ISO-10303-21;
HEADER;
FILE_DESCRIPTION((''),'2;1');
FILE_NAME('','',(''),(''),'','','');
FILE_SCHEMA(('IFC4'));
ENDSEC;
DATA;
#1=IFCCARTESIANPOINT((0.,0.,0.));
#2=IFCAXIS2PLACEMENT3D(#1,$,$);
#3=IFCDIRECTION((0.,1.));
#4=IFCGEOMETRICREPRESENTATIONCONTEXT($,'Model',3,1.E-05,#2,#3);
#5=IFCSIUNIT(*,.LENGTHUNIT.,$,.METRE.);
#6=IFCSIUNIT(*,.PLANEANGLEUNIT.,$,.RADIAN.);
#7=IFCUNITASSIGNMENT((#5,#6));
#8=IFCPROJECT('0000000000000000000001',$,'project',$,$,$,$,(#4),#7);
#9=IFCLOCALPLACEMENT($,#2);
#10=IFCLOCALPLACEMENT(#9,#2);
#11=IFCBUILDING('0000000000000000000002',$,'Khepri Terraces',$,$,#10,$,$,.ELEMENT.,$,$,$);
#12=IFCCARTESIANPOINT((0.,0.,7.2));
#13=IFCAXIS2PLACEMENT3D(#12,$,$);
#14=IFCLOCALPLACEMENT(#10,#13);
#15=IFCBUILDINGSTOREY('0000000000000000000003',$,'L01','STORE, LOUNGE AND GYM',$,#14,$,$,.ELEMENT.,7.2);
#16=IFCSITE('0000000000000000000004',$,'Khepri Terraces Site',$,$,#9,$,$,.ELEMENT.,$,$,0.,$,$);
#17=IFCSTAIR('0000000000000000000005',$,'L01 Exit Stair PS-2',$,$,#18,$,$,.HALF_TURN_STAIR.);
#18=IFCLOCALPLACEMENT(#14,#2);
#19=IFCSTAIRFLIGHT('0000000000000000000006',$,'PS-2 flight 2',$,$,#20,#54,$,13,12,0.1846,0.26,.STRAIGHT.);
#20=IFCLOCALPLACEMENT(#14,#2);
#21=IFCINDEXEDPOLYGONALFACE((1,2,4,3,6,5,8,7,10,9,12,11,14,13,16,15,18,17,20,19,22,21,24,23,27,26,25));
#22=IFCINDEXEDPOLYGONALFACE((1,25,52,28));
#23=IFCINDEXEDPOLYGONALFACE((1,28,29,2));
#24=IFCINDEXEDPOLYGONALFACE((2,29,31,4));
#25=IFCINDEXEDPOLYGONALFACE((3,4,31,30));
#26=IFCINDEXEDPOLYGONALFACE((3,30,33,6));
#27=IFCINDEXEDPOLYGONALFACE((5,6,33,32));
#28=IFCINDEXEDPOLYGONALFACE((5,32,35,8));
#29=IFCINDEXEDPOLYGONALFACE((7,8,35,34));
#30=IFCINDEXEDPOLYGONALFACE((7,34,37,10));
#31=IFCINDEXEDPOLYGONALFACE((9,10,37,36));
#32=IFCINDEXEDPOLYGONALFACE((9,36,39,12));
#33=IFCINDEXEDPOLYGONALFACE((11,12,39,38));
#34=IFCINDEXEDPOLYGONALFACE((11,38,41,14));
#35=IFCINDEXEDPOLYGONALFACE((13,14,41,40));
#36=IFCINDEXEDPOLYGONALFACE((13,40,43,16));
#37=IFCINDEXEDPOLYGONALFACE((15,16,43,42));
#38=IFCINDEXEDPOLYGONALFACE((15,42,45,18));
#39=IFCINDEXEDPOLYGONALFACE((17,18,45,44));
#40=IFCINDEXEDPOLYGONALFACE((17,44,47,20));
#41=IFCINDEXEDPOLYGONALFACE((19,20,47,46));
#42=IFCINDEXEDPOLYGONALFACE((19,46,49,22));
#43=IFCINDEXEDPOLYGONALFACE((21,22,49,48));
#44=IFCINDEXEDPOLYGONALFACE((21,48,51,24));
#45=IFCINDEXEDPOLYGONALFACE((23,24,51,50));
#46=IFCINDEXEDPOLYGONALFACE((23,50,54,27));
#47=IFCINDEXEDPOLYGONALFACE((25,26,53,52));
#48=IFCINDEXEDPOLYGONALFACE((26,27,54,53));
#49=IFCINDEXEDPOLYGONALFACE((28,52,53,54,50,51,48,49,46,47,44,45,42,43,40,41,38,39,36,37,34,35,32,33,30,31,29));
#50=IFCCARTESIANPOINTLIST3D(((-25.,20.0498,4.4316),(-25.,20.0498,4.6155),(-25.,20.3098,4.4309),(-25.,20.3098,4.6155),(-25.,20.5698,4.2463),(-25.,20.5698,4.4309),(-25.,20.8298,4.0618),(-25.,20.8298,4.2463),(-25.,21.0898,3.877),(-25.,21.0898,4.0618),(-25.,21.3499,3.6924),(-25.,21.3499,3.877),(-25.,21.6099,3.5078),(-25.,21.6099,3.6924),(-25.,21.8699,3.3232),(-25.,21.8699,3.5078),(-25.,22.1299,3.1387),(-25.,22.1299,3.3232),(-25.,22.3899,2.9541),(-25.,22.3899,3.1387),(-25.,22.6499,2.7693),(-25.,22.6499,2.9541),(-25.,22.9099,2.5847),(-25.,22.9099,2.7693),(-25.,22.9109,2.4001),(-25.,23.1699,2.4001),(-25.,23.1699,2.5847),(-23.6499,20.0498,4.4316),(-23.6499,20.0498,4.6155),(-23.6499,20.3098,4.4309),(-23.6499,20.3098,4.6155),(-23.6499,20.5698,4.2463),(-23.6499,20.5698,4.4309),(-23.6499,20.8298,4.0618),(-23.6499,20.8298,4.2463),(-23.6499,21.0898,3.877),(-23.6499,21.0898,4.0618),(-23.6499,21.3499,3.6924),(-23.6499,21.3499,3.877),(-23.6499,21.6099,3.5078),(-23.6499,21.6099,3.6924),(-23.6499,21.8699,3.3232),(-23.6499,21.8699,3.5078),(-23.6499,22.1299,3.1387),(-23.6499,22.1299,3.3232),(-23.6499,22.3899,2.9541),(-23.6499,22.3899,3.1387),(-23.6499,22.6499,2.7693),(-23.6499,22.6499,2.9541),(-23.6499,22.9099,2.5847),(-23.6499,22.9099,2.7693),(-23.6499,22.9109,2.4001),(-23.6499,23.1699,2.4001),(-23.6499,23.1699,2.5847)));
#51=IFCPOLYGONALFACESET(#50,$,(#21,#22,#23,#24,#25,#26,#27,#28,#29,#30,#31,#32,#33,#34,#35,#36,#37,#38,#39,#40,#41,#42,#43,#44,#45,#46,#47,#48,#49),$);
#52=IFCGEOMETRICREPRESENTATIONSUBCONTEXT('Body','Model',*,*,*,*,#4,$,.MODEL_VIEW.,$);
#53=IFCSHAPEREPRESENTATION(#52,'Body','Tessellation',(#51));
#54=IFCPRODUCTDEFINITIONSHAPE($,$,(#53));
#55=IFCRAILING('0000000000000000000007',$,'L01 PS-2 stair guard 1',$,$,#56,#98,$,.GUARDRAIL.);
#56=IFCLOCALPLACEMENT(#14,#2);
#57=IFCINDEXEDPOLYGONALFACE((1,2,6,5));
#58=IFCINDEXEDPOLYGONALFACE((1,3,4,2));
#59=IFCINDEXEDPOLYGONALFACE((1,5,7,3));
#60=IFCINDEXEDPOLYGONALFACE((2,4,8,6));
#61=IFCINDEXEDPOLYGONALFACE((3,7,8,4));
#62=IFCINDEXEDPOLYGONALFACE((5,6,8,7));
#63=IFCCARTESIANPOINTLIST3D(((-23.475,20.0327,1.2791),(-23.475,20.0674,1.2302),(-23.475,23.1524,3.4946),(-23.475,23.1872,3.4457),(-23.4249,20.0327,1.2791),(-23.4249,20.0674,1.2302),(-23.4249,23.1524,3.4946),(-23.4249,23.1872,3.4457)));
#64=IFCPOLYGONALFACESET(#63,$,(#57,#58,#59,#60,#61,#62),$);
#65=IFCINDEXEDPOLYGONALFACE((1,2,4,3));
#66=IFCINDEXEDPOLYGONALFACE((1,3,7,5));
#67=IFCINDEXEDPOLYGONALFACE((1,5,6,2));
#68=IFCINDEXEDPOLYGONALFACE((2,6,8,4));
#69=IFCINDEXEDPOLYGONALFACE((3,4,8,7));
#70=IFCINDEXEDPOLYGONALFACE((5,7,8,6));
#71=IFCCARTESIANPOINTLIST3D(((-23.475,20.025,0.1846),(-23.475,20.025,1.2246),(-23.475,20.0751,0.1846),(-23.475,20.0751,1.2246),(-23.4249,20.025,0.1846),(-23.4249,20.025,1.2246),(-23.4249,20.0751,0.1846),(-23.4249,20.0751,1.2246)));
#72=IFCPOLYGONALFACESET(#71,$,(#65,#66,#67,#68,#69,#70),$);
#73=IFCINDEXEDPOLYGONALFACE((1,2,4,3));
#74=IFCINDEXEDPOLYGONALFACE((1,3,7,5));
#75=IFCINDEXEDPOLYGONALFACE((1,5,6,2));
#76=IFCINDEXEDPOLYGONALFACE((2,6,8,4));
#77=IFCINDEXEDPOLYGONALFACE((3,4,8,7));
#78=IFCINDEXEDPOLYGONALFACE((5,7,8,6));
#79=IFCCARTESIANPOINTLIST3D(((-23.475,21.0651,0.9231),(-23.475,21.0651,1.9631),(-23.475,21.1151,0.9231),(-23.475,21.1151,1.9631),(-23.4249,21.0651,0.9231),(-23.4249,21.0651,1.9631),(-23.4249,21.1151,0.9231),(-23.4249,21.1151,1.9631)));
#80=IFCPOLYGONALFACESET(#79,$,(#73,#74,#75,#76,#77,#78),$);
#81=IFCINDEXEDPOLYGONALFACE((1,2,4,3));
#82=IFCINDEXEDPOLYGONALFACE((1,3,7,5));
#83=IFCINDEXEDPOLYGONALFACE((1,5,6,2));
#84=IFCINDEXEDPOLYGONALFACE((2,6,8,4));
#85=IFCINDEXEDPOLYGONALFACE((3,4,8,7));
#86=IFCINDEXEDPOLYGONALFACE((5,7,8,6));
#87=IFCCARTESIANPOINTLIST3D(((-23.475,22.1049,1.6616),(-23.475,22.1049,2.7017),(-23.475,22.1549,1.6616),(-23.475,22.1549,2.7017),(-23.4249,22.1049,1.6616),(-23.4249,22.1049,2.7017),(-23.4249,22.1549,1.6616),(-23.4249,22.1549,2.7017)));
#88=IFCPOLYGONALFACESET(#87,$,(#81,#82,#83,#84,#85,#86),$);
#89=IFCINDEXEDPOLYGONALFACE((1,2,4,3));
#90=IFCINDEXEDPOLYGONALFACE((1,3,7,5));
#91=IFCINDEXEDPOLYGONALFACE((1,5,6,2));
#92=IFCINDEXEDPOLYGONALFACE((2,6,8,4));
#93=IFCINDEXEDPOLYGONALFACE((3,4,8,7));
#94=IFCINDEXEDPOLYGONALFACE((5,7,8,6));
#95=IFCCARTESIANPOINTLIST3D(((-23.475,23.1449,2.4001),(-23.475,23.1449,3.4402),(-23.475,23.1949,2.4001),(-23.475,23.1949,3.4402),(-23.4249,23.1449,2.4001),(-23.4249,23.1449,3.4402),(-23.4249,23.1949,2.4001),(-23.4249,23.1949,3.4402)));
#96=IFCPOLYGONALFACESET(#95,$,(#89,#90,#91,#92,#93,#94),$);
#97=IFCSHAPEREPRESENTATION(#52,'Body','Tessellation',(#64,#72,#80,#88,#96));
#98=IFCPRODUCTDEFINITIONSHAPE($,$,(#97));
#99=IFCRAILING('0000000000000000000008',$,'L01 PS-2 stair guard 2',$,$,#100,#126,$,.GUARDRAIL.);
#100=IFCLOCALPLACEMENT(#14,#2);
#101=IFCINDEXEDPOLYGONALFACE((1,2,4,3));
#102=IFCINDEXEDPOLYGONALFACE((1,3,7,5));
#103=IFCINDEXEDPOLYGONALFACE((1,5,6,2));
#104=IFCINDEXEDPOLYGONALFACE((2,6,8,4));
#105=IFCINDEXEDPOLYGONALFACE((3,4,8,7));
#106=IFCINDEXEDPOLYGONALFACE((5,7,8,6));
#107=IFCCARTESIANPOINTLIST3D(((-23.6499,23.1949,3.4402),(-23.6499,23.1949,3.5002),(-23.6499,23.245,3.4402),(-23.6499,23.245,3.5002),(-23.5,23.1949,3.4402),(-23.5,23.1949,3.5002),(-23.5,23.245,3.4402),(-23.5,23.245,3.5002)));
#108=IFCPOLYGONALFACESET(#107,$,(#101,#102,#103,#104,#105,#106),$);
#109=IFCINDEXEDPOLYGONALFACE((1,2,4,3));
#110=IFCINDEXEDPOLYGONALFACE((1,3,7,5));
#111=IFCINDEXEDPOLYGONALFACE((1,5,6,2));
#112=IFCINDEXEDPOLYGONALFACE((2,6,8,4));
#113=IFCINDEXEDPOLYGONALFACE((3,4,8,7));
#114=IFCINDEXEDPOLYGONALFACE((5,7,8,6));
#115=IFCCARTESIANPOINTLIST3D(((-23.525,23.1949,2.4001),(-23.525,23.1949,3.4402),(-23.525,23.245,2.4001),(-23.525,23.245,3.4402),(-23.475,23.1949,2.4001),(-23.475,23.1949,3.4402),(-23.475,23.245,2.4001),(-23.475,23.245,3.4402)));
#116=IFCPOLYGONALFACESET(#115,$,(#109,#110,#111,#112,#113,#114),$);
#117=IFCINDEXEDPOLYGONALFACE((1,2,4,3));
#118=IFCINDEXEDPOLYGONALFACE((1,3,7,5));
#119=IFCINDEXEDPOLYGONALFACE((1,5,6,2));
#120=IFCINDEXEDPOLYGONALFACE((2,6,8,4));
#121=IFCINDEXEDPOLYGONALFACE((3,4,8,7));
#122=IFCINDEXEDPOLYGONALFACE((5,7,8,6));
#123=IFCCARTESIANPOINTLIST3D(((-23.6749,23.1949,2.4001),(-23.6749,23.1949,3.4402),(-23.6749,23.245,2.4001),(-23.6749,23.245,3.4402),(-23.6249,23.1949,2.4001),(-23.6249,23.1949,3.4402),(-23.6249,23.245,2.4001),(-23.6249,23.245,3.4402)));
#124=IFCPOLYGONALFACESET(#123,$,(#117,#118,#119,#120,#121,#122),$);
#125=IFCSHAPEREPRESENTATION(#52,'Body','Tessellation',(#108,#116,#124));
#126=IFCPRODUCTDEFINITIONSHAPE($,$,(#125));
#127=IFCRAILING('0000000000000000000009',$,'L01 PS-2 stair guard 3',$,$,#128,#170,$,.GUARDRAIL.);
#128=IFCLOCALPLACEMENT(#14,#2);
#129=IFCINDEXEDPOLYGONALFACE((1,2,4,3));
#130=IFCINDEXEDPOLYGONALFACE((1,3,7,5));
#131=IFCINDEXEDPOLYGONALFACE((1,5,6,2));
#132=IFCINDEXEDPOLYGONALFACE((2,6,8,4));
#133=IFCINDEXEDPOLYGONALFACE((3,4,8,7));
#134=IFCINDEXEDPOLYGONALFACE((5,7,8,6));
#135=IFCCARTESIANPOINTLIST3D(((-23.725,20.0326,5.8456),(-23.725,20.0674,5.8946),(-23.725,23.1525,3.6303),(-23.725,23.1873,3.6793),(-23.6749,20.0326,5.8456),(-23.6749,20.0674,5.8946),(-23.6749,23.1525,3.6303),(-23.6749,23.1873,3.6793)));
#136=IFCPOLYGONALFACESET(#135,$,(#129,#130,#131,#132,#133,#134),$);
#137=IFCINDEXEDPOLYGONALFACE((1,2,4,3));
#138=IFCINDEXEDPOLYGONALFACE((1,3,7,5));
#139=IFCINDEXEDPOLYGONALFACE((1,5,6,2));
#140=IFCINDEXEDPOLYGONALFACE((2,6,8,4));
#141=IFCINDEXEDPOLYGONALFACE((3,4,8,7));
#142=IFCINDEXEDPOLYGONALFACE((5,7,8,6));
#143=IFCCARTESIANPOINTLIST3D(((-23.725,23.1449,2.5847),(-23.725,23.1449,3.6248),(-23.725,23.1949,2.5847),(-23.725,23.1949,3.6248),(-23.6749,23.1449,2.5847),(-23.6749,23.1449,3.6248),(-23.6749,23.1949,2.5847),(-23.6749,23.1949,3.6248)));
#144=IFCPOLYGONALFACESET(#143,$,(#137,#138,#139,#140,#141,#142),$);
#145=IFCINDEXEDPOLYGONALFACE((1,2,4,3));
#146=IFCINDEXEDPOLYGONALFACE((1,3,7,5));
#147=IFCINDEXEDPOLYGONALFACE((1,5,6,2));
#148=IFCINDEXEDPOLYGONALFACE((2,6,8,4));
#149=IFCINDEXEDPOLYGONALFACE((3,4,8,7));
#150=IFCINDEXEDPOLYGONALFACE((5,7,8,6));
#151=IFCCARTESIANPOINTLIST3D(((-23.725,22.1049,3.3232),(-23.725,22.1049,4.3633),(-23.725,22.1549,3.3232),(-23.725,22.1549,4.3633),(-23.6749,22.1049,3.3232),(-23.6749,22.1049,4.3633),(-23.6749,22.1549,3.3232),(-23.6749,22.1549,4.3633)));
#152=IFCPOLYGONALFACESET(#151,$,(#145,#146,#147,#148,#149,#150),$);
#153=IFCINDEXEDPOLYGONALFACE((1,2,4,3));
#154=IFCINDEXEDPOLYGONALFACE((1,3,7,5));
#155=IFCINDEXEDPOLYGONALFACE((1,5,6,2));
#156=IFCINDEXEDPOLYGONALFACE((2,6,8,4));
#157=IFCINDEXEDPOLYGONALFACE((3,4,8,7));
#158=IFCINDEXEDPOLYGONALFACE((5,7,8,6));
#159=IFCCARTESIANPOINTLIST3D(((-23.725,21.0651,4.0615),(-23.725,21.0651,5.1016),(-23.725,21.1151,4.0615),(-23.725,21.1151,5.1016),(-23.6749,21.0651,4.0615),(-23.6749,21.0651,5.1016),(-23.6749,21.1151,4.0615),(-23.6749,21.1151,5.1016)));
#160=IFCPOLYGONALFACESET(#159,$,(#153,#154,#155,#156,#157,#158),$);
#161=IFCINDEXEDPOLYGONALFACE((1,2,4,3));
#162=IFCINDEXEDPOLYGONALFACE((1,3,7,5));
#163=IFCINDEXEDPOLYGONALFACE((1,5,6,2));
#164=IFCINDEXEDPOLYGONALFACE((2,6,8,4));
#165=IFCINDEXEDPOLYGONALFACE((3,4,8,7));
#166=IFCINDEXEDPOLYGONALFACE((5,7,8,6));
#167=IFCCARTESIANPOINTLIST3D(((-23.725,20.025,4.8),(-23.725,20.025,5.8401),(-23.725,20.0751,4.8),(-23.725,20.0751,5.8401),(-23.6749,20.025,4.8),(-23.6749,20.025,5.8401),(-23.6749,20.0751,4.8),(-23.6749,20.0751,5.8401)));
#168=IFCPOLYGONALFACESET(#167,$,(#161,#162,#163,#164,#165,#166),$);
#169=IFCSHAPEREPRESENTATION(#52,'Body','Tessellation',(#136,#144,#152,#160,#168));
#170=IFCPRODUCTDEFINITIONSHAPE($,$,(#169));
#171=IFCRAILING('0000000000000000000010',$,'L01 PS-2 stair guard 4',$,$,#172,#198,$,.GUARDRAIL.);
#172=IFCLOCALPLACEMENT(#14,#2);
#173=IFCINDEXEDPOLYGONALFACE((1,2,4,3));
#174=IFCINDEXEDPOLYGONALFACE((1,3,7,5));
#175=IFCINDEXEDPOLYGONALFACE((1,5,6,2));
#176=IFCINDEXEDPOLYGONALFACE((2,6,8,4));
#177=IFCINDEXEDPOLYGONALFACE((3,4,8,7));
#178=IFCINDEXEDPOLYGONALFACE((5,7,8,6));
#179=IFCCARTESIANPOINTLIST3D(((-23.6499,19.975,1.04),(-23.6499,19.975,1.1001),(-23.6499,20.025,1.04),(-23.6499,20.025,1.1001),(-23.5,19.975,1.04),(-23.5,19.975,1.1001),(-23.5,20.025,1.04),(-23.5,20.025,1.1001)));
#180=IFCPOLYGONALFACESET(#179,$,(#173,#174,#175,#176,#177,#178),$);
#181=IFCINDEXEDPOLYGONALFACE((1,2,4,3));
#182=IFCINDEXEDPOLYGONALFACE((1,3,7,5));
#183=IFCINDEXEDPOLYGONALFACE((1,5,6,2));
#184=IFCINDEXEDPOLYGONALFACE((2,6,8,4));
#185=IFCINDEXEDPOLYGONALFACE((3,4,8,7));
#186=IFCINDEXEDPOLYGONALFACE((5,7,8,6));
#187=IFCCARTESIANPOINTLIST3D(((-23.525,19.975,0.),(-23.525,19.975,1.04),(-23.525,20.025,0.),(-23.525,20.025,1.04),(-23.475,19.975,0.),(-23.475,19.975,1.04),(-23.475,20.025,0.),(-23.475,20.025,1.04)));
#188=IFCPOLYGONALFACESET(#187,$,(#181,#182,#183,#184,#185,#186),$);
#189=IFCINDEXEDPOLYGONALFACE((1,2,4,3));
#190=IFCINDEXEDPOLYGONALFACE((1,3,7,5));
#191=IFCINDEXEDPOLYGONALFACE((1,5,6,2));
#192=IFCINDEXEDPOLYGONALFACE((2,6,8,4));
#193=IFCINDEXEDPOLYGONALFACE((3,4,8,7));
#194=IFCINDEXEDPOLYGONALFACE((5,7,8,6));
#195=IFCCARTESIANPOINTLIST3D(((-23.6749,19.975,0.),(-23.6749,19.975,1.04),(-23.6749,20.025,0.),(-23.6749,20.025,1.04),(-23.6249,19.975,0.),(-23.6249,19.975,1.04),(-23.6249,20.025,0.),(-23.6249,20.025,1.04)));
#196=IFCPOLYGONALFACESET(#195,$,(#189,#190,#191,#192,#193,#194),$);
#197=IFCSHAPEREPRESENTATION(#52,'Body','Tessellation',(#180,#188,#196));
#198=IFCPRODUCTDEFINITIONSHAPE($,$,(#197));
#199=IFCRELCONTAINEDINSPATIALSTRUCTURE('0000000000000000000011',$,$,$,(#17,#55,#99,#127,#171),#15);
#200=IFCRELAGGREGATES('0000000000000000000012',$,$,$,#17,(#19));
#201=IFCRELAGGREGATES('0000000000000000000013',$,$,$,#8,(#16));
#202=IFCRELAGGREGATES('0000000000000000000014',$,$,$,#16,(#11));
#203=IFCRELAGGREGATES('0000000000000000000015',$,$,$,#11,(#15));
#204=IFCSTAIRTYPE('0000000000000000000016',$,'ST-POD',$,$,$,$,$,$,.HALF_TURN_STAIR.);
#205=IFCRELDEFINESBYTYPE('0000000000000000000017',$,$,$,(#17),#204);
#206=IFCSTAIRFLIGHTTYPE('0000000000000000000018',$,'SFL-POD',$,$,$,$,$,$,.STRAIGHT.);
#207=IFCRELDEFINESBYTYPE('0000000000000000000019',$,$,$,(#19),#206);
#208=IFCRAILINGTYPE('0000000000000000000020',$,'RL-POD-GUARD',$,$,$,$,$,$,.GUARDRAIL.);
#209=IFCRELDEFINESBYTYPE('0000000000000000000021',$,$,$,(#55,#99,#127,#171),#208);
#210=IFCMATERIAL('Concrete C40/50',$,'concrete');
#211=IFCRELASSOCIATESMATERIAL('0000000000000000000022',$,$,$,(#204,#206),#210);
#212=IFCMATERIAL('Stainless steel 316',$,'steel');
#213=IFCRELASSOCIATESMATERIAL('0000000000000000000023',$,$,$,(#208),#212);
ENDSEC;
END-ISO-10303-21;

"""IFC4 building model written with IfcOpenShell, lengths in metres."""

from ifc_helpers import new_model, si_unit, direction, frame, origin, origin_2d, place, context, subcontext, project, spatial, polyline, rectangle, outline, extrude, material, type_object, element, aggregate, save


model = new_model("IFC4")

# Units and contexts
model_context = context("Model", 3, precision=1e-05, world=origin(), true_north=direction((0.0, 1.0)))
body_context = subcontext(model_context, "Body", "Model", "MODEL_VIEW")
ifc_project = project(units=[si_unit("LENGTHUNIT", "METRE"), si_unit("PLANEANGLEUNIT", "RADIAN")], contexts=[model_context])

# Site, building, storey
site_placement = place(None, origin())
site = spatial("IfcSite", under=ifc_project, at=site_placement, Name="Khepri Terraces Site", CompositionType="ELEMENT", RefElevation=0.0)
building_placement = place(site_placement, origin())
building = spatial("IfcBuilding", under=site, at=building_placement, Name="Khepri Terraces", CompositionType="ELEMENT")
storey_placement = place(building_placement, frame((0.0, 0.0, 7.2)))
storey = spatial("IfcBuildingStorey", under=building, at=storey_placement, Name="L01", Description="STORE, LOUNGE AND GYM", CompositionType="ELEMENT", Elevation=7.2)

# Shared definitions
ifc_material_1 = material(Name="Concrete C40/50", Category="concrete")

# Stair, stair flight
stair_type = type_object("IfcStairType", Name="ST-POD", PredefinedType="HALF_TURN_STAIR", material=ifc_material_1)
stair_placement = place(storey_placement, origin())
stair = element("IfcStair", 1, at=stair_placement, inside=storey, type_object=stair_type, Name="L01 Exit Stair PS-2", PredefinedType="HALF_TURN_STAIR")
stair_flight_type = type_object("IfcStairFlightType", Name="SFL-POD", PredefinedType="STRAIGHT", material=ifc_material_1)
stair_flight_1_placement = place(storey_placement, frame((-24.325, 23.1699, 2.4001), z_axis=(0.0, 0.0, 1.0), x_axis=(0.0, -1.0, 0.0)))
stair_flight_1 = element("IfcStairFlight", 2, at=stair_flight_1_placement, type_object=stair_flight_type, Name="PS-2 flight 2", NumberOfRisers=13, NumberOfTreads=12, PredefinedType="STRAIGHT", RiserHeight=0.1846, TreadLength=0.26, context=body_context, shape_type="SweptSolid", body=[
    extrude(outline(polyline([(0.0, 0.0), (0.0, 0.1846), (0.26, 0.1846), (0.26, 0.3691), (0.52, 0.3691), (0.52, 0.554), (0.78, 0.554), (0.78, 0.7385), (1.04, 0.7385), (1.04, 0.9231), (1.3, 0.9231), (1.3, 1.1077), (1.5601, 1.1077), (1.5601, 1.2922), (1.8201, 1.2922), (1.8201, 1.4768), (2.0801, 1.4768), (2.0801, 1.6616), (2.3401, 1.6616), (2.3401, 1.8462), (2.6001, 1.8462), (2.6001, 2.0308), (2.8601, 2.0308), (2.8601, 2.2153), (3.1201, 2.2153), (3.1201, 2.3999), (3.1201, 2.0315), (0.259, 0.0), (0.0, 0.0)])), frame((0.0, 0.675, 0.0), z_axis=(0.0, -1.0, 0.0), x_axis=(1.0, 0.0, 0.0)), (0.0, 0.0, 1.0), 1.3501),
])
aggregate(stair, [stair_flight_1])

# Railings
ifc_material_2 = material(Name="Stainless steel 316", Category="steel")
railing_type_1 = type_object("IfcRailingType", Name="RL-POD-GUARD", PredefinedType="GUARDRAIL", material=ifc_material_2)
railing_1_placement = place(storey_placement, frame((-23.45, 20.05, 0.1846)))
element("IfcRailing", 3, at=railing_1_placement, inside=storey, type_object=railing_type_1, Name="L01 PS-2 stair guard 1", PredefinedType="GUARDRAIL", context=body_context, shape_type="SweptSolid", body=[
    extrude(rectangle(XDim=0.05, YDim=0.0601, at=origin_2d()), frame((0.0, 0.0, 1.0701), z_axis=(0.0, 0.815325, 0.579003), x_axis=(-1.0, 0.0, 0.0)), (0.0, 0.0, 1.0), 3.8264),
    extrude(rectangle(XDim=0.05, YDim=0.05, at=origin_2d()), origin(), (0.0, 0.0, 1.0), 1.04),
    extrude(rectangle(XDim=0.05, YDim=0.05, at=origin_2d()), frame((0.0, 1.04, 0.7385)), (0.0, 0.0, 1.0), 1.04),
    extrude(rectangle(XDim=0.05, YDim=0.05, at=origin_2d()), frame((0.0, 2.0798, 1.4771)), (0.0, 0.0, 1.0), 1.04),
    extrude(rectangle(XDim=0.05, YDim=0.05, at=origin_2d()), frame((0.0, 3.1199, 2.2156)), (0.0, 0.0, 1.0), 1.04),
])
railing_2_placement = place(storey_placement, frame((-23.5, 23.22, 2.4001)))
element("IfcRailing", 4, at=railing_2_placement, inside=storey, type_object=railing_type_1, Name="L01 PS-2 stair guard 2", PredefinedType="GUARDRAIL", context=body_context, shape_type="SweptSolid", body=[
    extrude(rectangle(XDim=0.05, YDim=0.0601, at=origin_2d()), frame((0.0, 0.0, 1.0701), z_axis=(-1.0, 0.0, 0.0), x_axis=(0.0, -1.0, 0.0)), (0.0, 0.0, 1.0), 0.1499),
    extrude(rectangle(XDim=0.05, YDim=0.05, at=origin_2d()), origin(), (0.0, 0.0, 1.0), 1.04),
    extrude(rectangle(XDim=0.05, YDim=0.05, at=origin_2d()), frame((-0.1499, 0.0, 0.0)), (0.0, 0.0, 1.0), 1.04),
])
railing_3_placement = place(storey_placement, frame((-23.7, 23.1699, 2.5847)))
element("IfcRailing", 5, at=railing_3_placement, inside=storey, type_object=railing_type_1, Name="L01 PS-2 stair guard 3", PredefinedType="GUARDRAIL", context=body_context, shape_type="SweptSolid", body=[
    extrude(rectangle(XDim=0.05, YDim=0.0601, at=origin_2d()), frame((0.0, 0.0, 1.0701), z_axis=(0.0, -0.815356, 0.578961), x_axis=(1.0, 0.0, 0.0)), (0.0, 0.0, 1.0), 3.8264),
    extrude(rectangle(XDim=0.05, YDim=0.05, at=origin_2d()), origin(), (0.0, 0.0, 1.0), 1.04),
    extrude(rectangle(XDim=0.05, YDim=0.05, at=origin_2d()), frame((0.0, -1.04, 0.7385)), (0.0, 0.0, 1.0), 1.04),
    extrude(rectangle(XDim=0.05, YDim=0.05, at=origin_2d()), frame((0.0, -2.0798, 1.4768)), (0.0, 0.0, 1.0), 1.04),
    extrude(rectangle(XDim=0.05, YDim=0.05, at=origin_2d()), frame((0.0, -3.1199, 2.2153)), (0.0, 0.0, 1.0), 1.04),
])
railing_4_placement = place(storey_placement, frame((-23.5, 20.0, 0.0)))
element("IfcRailing", 6, at=railing_4_placement, inside=storey, type_object=railing_type_1, Name="L01 PS-2 stair guard 4", PredefinedType="GUARDRAIL", context=body_context, shape_type="SweptSolid", body=[
    extrude(rectangle(XDim=0.05, YDim=0.0601, at=origin_2d()), frame((0.0, 0.0, 1.0701), z_axis=(-1.0, 0.0, 0.0), x_axis=(0.0, -1.0, 0.0)), (0.0, 0.0, 1.0), 0.1499),
    extrude(rectangle(XDim=0.05, YDim=0.05, at=origin_2d()), origin(), (0.0, 0.0, 1.0), 1.04),
    extrude(rectangle(XDim=0.05, YDim=0.05, at=origin_2d()), frame((-0.1499, 0.0, 0.0)), (0.0, 0.0, 1.0), 1.04),
])

save(model, "model.ifc")
